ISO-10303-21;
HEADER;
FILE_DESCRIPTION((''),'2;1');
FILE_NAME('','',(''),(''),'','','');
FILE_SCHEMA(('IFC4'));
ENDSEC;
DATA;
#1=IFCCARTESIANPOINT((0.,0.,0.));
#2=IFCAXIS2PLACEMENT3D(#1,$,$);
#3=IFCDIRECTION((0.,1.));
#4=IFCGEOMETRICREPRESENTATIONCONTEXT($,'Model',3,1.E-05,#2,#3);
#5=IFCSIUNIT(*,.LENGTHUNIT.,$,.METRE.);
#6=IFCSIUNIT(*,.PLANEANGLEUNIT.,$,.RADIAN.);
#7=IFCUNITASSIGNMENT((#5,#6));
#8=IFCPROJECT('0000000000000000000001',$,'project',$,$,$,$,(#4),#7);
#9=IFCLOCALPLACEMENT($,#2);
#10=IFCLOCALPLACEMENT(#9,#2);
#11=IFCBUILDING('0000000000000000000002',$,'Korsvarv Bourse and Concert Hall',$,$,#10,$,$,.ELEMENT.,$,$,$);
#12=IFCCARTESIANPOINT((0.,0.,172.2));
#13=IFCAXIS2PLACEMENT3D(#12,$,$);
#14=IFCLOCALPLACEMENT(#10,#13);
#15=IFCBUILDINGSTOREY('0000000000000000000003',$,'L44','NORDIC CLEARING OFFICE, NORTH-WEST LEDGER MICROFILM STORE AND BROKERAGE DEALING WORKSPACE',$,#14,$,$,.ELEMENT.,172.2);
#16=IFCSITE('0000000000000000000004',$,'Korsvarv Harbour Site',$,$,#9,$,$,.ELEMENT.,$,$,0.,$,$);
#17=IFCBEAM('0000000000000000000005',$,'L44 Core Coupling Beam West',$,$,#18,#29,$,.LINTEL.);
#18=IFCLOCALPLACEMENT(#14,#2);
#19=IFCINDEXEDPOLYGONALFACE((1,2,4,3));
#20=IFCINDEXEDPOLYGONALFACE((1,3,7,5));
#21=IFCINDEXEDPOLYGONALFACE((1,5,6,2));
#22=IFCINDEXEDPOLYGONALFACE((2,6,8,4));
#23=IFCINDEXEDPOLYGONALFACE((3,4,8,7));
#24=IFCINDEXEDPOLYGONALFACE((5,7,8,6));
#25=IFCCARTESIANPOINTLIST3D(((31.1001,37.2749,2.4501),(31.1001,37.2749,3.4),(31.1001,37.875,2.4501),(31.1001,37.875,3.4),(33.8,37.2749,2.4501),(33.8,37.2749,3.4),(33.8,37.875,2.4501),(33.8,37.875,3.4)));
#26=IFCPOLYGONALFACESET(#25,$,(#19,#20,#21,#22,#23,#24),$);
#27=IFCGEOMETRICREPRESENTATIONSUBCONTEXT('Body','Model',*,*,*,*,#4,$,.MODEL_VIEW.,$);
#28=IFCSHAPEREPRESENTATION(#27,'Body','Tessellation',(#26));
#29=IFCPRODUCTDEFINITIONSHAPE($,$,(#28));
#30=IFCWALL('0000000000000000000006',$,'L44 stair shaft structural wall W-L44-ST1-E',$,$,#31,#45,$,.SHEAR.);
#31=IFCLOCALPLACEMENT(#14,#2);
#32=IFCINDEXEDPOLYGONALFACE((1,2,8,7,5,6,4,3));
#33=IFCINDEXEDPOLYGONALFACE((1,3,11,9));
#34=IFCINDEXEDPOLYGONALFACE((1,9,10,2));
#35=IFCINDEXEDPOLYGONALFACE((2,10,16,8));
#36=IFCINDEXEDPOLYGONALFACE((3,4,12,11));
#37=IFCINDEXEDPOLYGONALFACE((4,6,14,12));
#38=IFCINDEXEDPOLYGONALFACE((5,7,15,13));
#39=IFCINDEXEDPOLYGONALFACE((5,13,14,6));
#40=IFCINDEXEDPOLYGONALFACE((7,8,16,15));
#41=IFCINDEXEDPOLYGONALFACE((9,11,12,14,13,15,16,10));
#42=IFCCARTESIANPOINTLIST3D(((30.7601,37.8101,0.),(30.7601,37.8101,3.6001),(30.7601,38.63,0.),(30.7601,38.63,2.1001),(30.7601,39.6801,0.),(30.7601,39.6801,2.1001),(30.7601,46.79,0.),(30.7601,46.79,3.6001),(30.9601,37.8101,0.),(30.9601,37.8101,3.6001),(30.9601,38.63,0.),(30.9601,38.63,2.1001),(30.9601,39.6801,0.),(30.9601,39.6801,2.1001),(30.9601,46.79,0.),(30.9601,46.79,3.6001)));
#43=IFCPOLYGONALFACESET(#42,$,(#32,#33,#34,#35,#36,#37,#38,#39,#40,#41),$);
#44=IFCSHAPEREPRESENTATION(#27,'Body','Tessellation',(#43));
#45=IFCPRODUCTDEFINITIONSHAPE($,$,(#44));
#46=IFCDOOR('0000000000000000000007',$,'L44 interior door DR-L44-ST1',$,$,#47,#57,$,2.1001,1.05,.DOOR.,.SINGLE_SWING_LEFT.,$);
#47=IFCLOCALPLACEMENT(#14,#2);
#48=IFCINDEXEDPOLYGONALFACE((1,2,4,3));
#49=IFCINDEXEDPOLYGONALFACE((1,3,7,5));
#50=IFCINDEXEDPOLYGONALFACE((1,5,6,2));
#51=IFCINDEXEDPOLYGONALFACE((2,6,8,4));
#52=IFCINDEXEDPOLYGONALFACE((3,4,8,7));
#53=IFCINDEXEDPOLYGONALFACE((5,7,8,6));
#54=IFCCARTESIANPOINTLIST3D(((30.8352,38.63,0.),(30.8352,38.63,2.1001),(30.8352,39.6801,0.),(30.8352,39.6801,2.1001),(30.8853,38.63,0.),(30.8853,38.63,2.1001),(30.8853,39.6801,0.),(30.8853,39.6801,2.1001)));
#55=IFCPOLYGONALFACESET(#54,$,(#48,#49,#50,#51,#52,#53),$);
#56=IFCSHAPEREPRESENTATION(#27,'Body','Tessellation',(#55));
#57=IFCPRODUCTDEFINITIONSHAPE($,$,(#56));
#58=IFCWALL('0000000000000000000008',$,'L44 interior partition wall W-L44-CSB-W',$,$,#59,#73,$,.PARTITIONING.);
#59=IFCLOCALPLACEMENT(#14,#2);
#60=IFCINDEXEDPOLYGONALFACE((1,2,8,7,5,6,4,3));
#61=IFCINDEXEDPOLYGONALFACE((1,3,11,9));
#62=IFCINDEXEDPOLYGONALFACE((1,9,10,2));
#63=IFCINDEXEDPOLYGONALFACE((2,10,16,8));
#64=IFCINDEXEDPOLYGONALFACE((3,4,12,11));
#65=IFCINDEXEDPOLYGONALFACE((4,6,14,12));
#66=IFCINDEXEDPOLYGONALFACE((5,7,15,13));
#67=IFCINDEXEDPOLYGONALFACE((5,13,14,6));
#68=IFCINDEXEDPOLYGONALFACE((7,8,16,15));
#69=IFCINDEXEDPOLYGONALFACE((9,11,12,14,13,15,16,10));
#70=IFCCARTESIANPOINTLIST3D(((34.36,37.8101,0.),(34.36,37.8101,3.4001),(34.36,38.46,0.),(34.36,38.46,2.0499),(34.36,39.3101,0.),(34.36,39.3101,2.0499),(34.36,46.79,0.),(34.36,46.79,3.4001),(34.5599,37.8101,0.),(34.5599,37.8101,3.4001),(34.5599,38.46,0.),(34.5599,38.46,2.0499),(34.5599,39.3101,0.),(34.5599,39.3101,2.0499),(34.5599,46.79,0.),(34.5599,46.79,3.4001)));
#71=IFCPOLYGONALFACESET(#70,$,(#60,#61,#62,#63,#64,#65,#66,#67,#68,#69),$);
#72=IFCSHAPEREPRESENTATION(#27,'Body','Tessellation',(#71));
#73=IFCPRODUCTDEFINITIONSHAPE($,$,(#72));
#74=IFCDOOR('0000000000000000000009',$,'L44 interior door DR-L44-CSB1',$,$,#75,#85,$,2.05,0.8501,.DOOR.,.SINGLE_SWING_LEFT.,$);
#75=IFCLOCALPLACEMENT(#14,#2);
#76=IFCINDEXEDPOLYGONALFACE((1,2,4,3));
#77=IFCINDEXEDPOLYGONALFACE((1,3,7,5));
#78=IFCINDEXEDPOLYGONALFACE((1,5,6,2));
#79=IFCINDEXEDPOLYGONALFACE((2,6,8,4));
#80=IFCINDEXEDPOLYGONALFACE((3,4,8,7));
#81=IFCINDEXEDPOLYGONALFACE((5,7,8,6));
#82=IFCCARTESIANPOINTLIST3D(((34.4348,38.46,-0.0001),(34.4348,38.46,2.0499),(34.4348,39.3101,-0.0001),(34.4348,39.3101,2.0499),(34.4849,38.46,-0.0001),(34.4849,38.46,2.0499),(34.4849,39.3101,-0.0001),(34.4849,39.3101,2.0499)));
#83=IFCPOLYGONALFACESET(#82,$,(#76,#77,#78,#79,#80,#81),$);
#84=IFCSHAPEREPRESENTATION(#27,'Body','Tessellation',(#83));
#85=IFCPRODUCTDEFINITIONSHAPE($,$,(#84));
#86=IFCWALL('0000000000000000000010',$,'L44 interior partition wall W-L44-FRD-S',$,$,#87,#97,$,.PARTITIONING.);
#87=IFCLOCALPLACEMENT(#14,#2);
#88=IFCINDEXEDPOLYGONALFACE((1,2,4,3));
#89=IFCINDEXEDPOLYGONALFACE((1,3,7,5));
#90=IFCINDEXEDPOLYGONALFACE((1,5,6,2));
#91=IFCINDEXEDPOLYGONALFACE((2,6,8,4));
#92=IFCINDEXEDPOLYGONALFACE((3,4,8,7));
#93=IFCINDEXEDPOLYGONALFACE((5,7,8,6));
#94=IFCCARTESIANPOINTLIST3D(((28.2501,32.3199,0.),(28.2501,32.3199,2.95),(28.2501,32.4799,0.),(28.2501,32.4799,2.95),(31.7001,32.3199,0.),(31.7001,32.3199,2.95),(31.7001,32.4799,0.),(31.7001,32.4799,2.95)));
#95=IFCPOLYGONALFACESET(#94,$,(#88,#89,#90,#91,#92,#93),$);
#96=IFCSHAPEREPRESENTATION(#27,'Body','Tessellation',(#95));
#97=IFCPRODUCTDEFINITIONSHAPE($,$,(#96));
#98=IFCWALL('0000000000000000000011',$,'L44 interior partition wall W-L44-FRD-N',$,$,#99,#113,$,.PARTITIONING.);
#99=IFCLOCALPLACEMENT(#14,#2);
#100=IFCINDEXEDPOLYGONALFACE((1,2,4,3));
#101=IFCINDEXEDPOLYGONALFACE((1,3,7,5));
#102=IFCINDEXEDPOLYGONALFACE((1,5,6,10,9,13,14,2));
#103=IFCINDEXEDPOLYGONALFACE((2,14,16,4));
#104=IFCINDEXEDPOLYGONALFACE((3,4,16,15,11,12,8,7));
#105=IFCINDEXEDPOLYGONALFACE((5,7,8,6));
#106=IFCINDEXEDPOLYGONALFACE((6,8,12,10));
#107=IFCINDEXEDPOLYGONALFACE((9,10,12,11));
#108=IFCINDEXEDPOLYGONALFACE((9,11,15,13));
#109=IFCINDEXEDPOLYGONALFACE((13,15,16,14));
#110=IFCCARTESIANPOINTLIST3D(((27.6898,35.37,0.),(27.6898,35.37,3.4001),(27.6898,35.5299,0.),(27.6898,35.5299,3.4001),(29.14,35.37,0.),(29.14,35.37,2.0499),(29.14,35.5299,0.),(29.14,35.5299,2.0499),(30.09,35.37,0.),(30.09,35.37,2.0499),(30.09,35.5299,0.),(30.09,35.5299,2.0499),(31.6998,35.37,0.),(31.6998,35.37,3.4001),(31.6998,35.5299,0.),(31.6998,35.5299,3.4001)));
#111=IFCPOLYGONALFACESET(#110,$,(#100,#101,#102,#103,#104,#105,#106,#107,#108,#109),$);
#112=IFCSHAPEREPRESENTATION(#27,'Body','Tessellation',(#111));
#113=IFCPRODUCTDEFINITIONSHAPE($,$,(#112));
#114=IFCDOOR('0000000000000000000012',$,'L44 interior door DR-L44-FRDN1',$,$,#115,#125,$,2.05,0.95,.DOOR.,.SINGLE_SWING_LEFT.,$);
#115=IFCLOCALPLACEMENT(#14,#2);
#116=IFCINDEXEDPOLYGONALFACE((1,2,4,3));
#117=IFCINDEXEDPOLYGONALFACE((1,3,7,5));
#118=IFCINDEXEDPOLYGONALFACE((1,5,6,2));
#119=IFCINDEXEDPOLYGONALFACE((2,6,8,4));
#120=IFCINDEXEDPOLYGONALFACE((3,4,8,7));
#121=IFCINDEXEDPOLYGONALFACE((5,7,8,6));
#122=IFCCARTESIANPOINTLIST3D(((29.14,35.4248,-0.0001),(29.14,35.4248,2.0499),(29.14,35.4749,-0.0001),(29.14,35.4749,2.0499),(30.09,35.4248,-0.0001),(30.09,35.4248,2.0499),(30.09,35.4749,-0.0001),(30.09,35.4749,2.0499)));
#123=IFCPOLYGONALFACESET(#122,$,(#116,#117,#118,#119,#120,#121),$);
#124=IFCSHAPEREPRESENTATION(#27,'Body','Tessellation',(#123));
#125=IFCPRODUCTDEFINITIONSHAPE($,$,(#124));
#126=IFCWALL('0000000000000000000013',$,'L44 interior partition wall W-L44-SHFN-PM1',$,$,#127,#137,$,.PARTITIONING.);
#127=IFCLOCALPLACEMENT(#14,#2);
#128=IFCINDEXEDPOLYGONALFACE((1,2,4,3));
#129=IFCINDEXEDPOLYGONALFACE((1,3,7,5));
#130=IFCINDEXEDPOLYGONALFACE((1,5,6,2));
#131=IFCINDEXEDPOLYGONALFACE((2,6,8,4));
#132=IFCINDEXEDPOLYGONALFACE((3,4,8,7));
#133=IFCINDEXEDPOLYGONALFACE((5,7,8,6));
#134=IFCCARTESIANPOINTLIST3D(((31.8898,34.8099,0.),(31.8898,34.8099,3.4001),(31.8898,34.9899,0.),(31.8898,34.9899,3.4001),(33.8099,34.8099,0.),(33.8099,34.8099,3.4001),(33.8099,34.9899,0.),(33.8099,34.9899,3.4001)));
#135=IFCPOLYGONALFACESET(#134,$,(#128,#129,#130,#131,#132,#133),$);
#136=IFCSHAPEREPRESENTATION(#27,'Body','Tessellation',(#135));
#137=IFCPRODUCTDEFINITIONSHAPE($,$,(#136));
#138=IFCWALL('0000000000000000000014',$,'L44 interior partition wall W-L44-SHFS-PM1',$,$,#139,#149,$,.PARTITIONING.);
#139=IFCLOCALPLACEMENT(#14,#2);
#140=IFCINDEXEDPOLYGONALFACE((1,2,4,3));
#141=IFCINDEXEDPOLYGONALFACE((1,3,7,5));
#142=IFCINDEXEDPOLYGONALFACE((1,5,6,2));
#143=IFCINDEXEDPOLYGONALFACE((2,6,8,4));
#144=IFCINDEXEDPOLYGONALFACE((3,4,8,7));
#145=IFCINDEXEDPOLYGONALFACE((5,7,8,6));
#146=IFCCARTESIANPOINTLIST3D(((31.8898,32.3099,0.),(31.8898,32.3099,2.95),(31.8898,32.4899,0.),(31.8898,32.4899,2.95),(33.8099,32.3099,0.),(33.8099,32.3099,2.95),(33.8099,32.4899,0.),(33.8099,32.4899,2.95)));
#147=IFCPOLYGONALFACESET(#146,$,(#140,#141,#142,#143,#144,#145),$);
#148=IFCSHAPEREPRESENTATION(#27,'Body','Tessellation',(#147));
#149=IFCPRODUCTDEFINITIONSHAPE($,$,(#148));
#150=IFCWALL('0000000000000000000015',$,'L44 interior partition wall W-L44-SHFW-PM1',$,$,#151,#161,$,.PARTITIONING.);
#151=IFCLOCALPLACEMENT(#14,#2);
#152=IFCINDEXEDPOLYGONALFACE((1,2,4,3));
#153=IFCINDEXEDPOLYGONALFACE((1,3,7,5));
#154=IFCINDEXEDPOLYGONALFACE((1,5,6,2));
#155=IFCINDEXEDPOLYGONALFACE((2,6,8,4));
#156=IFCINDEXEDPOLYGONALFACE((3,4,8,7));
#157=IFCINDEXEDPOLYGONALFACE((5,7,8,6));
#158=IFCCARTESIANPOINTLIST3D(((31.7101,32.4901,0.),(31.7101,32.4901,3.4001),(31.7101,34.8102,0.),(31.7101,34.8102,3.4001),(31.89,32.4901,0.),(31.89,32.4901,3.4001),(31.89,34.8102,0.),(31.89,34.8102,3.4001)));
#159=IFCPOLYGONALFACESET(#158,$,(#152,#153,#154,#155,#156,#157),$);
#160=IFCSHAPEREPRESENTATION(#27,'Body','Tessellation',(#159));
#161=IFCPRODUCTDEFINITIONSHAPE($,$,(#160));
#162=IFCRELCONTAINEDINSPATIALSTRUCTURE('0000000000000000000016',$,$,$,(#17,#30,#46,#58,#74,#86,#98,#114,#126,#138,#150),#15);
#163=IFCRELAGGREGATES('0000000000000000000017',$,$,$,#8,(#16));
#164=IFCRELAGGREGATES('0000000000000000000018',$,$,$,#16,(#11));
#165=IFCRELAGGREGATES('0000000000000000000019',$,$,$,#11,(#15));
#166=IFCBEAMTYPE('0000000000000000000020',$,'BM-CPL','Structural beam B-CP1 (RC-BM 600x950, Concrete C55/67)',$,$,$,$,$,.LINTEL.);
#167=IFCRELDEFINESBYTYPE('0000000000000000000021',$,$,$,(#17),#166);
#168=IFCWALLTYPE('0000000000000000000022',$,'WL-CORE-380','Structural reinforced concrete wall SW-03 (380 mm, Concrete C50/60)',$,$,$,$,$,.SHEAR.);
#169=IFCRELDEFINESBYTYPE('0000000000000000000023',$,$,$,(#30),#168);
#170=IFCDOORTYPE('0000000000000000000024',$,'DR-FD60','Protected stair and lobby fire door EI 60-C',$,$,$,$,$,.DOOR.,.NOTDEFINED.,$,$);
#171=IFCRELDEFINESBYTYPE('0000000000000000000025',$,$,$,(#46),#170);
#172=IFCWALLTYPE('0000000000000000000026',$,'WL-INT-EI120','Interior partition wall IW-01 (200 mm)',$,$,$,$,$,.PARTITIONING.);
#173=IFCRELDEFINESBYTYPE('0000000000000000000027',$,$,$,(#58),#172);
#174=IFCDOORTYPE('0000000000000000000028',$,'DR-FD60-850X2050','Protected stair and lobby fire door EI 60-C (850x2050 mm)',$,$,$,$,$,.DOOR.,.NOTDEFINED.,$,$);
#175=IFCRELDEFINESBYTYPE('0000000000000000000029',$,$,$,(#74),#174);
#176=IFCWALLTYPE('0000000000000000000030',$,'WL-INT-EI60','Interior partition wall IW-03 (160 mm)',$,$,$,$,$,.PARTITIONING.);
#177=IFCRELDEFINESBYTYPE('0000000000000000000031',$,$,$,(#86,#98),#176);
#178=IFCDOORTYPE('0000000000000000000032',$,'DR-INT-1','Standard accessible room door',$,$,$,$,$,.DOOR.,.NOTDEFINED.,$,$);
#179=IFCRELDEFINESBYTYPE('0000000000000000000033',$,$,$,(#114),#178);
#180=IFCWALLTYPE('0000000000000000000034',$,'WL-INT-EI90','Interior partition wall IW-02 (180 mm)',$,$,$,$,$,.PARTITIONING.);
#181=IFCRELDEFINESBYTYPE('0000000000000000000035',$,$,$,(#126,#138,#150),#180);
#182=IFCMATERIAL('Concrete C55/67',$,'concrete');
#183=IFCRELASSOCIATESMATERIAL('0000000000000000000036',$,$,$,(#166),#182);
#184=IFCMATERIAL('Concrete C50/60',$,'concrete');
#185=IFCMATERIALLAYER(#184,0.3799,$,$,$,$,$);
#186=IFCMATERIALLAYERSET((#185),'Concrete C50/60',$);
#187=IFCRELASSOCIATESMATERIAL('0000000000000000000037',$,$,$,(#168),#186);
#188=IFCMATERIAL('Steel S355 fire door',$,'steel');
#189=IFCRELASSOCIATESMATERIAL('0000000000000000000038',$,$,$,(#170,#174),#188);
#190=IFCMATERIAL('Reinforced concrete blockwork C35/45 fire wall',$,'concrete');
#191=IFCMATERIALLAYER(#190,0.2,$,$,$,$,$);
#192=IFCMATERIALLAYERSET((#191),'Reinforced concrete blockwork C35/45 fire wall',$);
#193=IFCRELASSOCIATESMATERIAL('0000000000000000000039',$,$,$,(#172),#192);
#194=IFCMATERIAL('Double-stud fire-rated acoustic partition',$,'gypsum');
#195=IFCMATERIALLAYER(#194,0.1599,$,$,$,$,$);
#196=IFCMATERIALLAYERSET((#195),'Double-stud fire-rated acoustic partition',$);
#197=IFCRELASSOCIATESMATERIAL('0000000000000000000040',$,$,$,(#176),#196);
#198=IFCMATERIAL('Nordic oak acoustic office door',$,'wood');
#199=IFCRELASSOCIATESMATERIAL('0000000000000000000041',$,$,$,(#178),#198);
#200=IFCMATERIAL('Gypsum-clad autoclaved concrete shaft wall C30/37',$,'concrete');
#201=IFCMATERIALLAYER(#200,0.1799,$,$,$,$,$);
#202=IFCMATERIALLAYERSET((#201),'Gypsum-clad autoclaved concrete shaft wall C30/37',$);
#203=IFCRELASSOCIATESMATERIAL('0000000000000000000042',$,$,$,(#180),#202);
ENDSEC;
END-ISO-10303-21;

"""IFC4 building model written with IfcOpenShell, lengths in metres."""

from ifc_helpers import new_model, si_unit, direction, frame, frame_2d, origin, origin_2d, place, context, subcontext, project, spatial, rectangle, extrude, source, transform, mapped, material, layer, layer_set, material_profile, profile_set, type_object, element, fill, save


model = new_model("IFC4")

# Units and contexts
model_context = context("Model", 3, precision=1e-05, world=origin(), true_north=direction((0.0, 1.0)))
body_context = subcontext(model_context, "Body", "Model", "MODEL_VIEW")
ifc_project = project(units=[si_unit("LENGTHUNIT", "METRE"), si_unit("PLANEANGLEUNIT", "RADIAN")], contexts=[model_context])

# Site, building, storey
site_placement = place(None, origin())
site = spatial("IfcSite", under=ifc_project, at=site_placement, Name="Korsvarv Harbour Site", CompositionType="ELEMENT", RefElevation=0.0)
building_placement = place(site_placement, origin())
building = spatial("IfcBuilding", under=site, at=building_placement, Name="Korsvarv Bourse and Concert Hall", CompositionType="ELEMENT")
storey_placement = place(building_placement, frame((0.0, 0.0, 172.2)))
storey = spatial("IfcBuildingStorey", under=building, at=storey_placement, Name="L44", Description="NORDIC CLEARING OFFICE, NORTH-WEST LEDGER MICROFILM STORE AND BROKERAGE DEALING WORKSPACE", CompositionType="ELEMENT", Elevation=172.2)

# Beam
ifc_material_1 = material(Name="Concrete C55/67", Category="concrete")
ifc_material_profile = material_profile(ifc_material_1, rectangle(XDim=0.6001, YDim=0.95, at=origin_2d()), Name="RC-BM 600x950")
ifc_profile_set = profile_set([ifc_material_profile], Name="Concrete C55/67")
beam_type = type_object("IfcBeamType", Name="BM-CPL", Description="Structural beam B-CP1 (RC-BM 600x950, Concrete C55/67)", PredefinedType="LINTEL", material=ifc_profile_set)
shared_shape = source(origin(), body_context, "Body", "SweptSolid", [
    extrude(rectangle(XDim=0.6001, YDim=0.95, at=origin_2d()), origin(), (0.0, 0.0, 1.0), 2.7),
])
beam_placement = place(storey_placement, frame((31.1001, 37.575, 2.925), z_axis=(1.0, 0.0, 0.0), x_axis=(0.0, 1.0, 0.0)))
element("IfcBeam", 1, at=beam_placement, inside=storey, type_object=beam_type, Name="L44 Core Coupling Beam West", PredefinedType="LINTEL", context=body_context, shape_type="MappedRepresentation", body=[
    mapped(shared_shape, transform((0.0, 0.0, 0.0), scale=1.0)),
])

# Walls, openings, doors
ifc_material_2 = material(Name="Concrete C50/60", Category="concrete")
ifc_layer_1 = layer(ifc_material_2, 0.3799)
ifc_layer_set_1 = layer_set([ifc_layer_1], Name="Concrete C50/60")
wall_type_1 = type_object("IfcWallType", Name="WL-CORE-380", Description="Structural reinforced concrete wall SW-03 (380 mm, Concrete C50/60)", PredefinedType="SHEAR", material=ifc_layer_set_1)
wall_1_placement = place(storey_placement, frame((30.8601, 37.8101, 0.0), z_axis=(0.0, 0.0, 1.0), x_axis=(0.0, 1.0, 0.0)))
wall_1 = element("IfcWall", 2, at=wall_1_placement, inside=storey, type_object=wall_type_1, Name="L44 stair shaft structural wall W-L44-ST1-E", PredefinedType="SHEAR", context=body_context, shape_type="SweptSolid", body=[
    extrude(rectangle(XDim=8.98, YDim=0.2, at=frame_2d((4.49, 0.0))), origin(), (0.0, 0.0, 1.0), 3.6001),
])
opening_1_placement = place(wall_1_placement, frame((0.8201, 0.0, 0.0)))
opening_1 = element("IfcOpeningElement", 3, at=opening_1_placement, cuts=wall_1, PredefinedType="OPENING", context=body_context, shape_type="SweptSolid", body=[
    extrude(rectangle(XDim=1.05, YDim=2.1001, at=frame_2d((0.5249, 1.05))), frame((0.0, 0.1099, 0.0), z_axis=(0.0, -1.0, 0.0), x_axis=(1.0, 0.0, 0.0)), (0.0, 0.0, 1.0), 0.22),
])
ifc_material_3 = material(Name="Steel S355 fire door", Category="steel")
door_type_1 = type_object("IfcDoorType", Name="DR-FD60", Description="Protected stair and lobby fire door EI 60-C", OperationType="NOTDEFINED", PredefinedType="DOOR", material=ifc_material_3)
door_1_placement = place(opening_1_placement, origin())
door_1 = element("IfcDoor", 4, at=door_1_placement, inside=storey, type_object=door_type_1, Name="L44 interior door DR-L44-ST1", OperationType="SINGLE_SWING_LEFT", OverallHeight=2.1001, OverallWidth=1.05, PredefinedType="DOOR", context=body_context, shape_type="SweptSolid", body=[
    extrude(rectangle(XDim=1.05, YDim=2.1001, at=frame_2d((0.5249, 1.05))), frame((0.0, 0.0249, 0.0), z_axis=(0.0, -1.0, 0.0), x_axis=(1.0, 0.0, 0.0)), (0.0, 0.0, 1.0), 0.05),
])
fill(opening_1, door_1)
ifc_material_4 = material(Name="Reinforced concrete blockwork C35/45 fire wall", Category="concrete")
ifc_layer_2 = layer(ifc_material_4, 0.2)
ifc_layer_set_2 = layer_set([ifc_layer_2], Name="Reinforced concrete blockwork C35/45 fire wall")
wall_type_2 = type_object("IfcWallType", Name="WL-INT-EI120", Description="Interior partition wall IW-01 (200 mm)", PredefinedType="PARTITIONING", material=ifc_layer_set_2)
wall_2_placement = place(storey_placement, frame((34.46, 37.8101, 0.0), z_axis=(0.0, 0.0, 1.0), x_axis=(0.0, 1.0, 0.0)))
wall_2 = element("IfcWall", 5, at=wall_2_placement, inside=storey, type_object=wall_type_2, Name="L44 interior partition wall W-L44-CSB-W", PredefinedType="PARTITIONING", context=body_context, shape_type="SweptSolid", body=[
    extrude(rectangle(XDim=8.98, YDim=0.2, at=frame_2d((4.49, 0.0))), origin(), (0.0, 0.0, 1.0), 3.4001),
])
opening_2_placement = place(wall_2_placement, frame((0.6499, 0.0, 0.0)))
opening_2 = element("IfcOpeningElement", 6, at=opening_2_placement, cuts=wall_2, PredefinedType="OPENING", context=body_context, shape_type="SweptSolid", body=[
    extrude(rectangle(XDim=0.8501, YDim=2.05, at=frame_2d((0.425, 1.0249))), frame((0.0, 0.1099, 0.0), z_axis=(0.0, -1.0, 0.0), x_axis=(1.0, 0.0, 0.0)), (0.0, 0.0, 1.0), 0.22),
])
door_type_2 = type_object("IfcDoorType", Name="DR-FD60-850X2050", Description="Protected stair and lobby fire door EI 60-C (850x2050 mm)", OperationType="NOTDEFINED", PredefinedType="DOOR", material=ifc_material_3)
door_2_placement = place(opening_2_placement, frame((0.8501, 0.0, 0.0), z_axis=(0.0, 0.0, 1.0), x_axis=(-1.0, 0.0, 0.0)))
door_2 = element("IfcDoor", 7, at=door_2_placement, inside=storey, type_object=door_type_2, Name="L44 interior door DR-L44-CSB1", OperationType="SINGLE_SWING_LEFT", OverallHeight=2.05, OverallWidth=0.8501, PredefinedType="DOOR", context=body_context, shape_type="SweptSolid", body=[
    extrude(rectangle(XDim=0.8501, YDim=2.05, at=frame_2d((0.425, 1.0249))), frame((0.0, 0.0249, 0.0), z_axis=(0.0, -1.0, 0.0), x_axis=(1.0, 0.0, 0.0)), (0.0, 0.0, 1.0), 0.05),
])
fill(opening_2, door_2)

# Wall
ifc_material_5 = material(Name="Double-stud fire-rated acoustic partition", Category="gypsum")
ifc_layer_3 = layer(ifc_material_5, 0.1599)
ifc_layer_set_3 = layer_set([ifc_layer_3], Name="Double-stud fire-rated acoustic partition")
wall_type_3 = type_object("IfcWallType", Name="WL-INT-EI60", Description="Interior partition wall IW-03 (160 mm)", PredefinedType="PARTITIONING", material=ifc_layer_set_3)
wall_3_placement = place(storey_placement, frame((28.25, 32.3999, 0.0), z_axis=(0.0, 0.0, 1.0), x_axis=(1.0, 0.0, 0.0)))
element("IfcWall", 8, at=wall_3_placement, inside=storey, type_object=wall_type_3, Name="L44 interior partition wall W-L44-FRD-S", PredefinedType="PARTITIONING", context=body_context, shape_type="SweptSolid", body=[
    extrude(rectangle(XDim=3.45, YDim=0.1599, at=frame_2d((1.7251, 0.0))), origin(), (0.0, 0.0, 1.0), 2.95),
])

# Wall, opening, door
wall_4_placement = place(storey_placement, frame((27.6899, 35.45, 0.0), z_axis=(0.0, 0.0, 1.0), x_axis=(1.0, 0.0, 0.0)))
wall_4 = element("IfcWall", 9, at=wall_4_placement, inside=storey, type_object=wall_type_3, Name="L44 interior partition wall W-L44-FRD-N", PredefinedType="PARTITIONING", context=body_context, shape_type="SweptSolid", body=[
    extrude(rectangle(XDim=4.01, YDim=0.1599, at=frame_2d((2.0049, 0.0))), origin(), (0.0, 0.0, 1.0), 3.4001),
])
opening_3_placement = place(wall_4_placement, frame((1.45, 0.0, 0.0)))
opening_3 = element("IfcOpeningElement", 10, at=opening_3_placement, cuts=wall_4, PredefinedType="OPENING", context=body_context, shape_type="SweptSolid", body=[
    extrude(rectangle(XDim=0.95, YDim=2.05, at=frame_2d((0.4751, 1.0249))), frame((0.0, 0.0898, 0.0), z_axis=(0.0, -1.0, 0.0), x_axis=(1.0, 0.0, 0.0)), (0.0, 0.0, 1.0), 0.1799),
])
ifc_material_6 = material(Name="Nordic oak acoustic office door", Category="wood")
door_type_3 = type_object("IfcDoorType", Name="DR-INT-1", Description="Standard accessible room door", OperationType="NOTDEFINED", PredefinedType="DOOR", material=ifc_material_6)
door_3_placement = place(opening_3_placement, origin())
door_3 = element("IfcDoor", 11, at=door_3_placement, inside=storey, type_object=door_type_3, Name="L44 interior door DR-L44-FRDN1", OperationType="SINGLE_SWING_LEFT", OverallHeight=2.05, OverallWidth=0.95, PredefinedType="DOOR", context=body_context, shape_type="SweptSolid", body=[
    extrude(rectangle(XDim=0.95, YDim=2.05, at=frame_2d((0.4751, 1.0249))), frame((0.0, 0.0249, 0.0), z_axis=(0.0, -1.0, 0.0), x_axis=(1.0, 0.0, 0.0)), (0.0, 0.0, 1.0), 0.05),
])
fill(opening_3, door_3)

# Walls
ifc_material_7 = material(Name="Gypsum-clad autoclaved concrete shaft wall C30/37", Category="concrete")
ifc_layer_4 = layer(ifc_material_7, 0.1799)
ifc_layer_set_4 = layer_set([ifc_layer_4], Name="Gypsum-clad autoclaved concrete shaft wall C30/37")
wall_type_4 = type_object("IfcWallType", Name="WL-INT-EI90", Description="Interior partition wall IW-02 (180 mm)", PredefinedType="PARTITIONING", material=ifc_layer_set_4)
wall_5_placement = place(storey_placement, frame((31.8899, 34.8999, 0.0), z_axis=(0.0, 0.0, 1.0), x_axis=(1.0, 0.0, 0.0)))
element("IfcWall", 12, at=wall_5_placement, inside=storey, type_object=wall_type_4, Name="L44 interior partition wall W-L44-SHFN-PM1", PredefinedType="PARTITIONING", context=body_context, shape_type="SweptSolid", body=[
    extrude(rectangle(XDim=1.9202, YDim=0.1799, at=frame_2d((0.96, 0.0))), origin(), (0.0, 0.0, 1.0), 3.4001),
])
wall_6_placement = place(storey_placement, frame((31.8899, 32.3999, 0.0), z_axis=(0.0, 0.0, 1.0), x_axis=(1.0, 0.0, 0.0)))
element("IfcWall", 13, at=wall_6_placement, inside=storey, type_object=wall_type_4, Name="L44 interior partition wall W-L44-SHFS-PM1", PredefinedType="PARTITIONING", context=body_context, shape_type="SweptSolid", body=[
    extrude(rectangle(XDim=1.9202, YDim=0.1799, at=frame_2d((0.96, 0.0))), origin(), (0.0, 0.0, 1.0), 2.95),
])
wall_7_placement = place(storey_placement, frame((31.8, 32.49, 0.0), z_axis=(0.0, 0.0, 1.0), x_axis=(0.0, 1.0, 0.0)))
element("IfcWall", 14, at=wall_7_placement, inside=storey, type_object=wall_type_4, Name="L44 interior partition wall W-L44-SHFW-PM1", PredefinedType="PARTITIONING", context=body_context, shape_type="SweptSolid", body=[
    extrude(rectangle(XDim=2.3201, YDim=0.1799, at=frame_2d((1.1602, 0.0))), origin(), (0.0, 0.0, 1.0), 3.4001),
])

save(model, "model.ifc")
